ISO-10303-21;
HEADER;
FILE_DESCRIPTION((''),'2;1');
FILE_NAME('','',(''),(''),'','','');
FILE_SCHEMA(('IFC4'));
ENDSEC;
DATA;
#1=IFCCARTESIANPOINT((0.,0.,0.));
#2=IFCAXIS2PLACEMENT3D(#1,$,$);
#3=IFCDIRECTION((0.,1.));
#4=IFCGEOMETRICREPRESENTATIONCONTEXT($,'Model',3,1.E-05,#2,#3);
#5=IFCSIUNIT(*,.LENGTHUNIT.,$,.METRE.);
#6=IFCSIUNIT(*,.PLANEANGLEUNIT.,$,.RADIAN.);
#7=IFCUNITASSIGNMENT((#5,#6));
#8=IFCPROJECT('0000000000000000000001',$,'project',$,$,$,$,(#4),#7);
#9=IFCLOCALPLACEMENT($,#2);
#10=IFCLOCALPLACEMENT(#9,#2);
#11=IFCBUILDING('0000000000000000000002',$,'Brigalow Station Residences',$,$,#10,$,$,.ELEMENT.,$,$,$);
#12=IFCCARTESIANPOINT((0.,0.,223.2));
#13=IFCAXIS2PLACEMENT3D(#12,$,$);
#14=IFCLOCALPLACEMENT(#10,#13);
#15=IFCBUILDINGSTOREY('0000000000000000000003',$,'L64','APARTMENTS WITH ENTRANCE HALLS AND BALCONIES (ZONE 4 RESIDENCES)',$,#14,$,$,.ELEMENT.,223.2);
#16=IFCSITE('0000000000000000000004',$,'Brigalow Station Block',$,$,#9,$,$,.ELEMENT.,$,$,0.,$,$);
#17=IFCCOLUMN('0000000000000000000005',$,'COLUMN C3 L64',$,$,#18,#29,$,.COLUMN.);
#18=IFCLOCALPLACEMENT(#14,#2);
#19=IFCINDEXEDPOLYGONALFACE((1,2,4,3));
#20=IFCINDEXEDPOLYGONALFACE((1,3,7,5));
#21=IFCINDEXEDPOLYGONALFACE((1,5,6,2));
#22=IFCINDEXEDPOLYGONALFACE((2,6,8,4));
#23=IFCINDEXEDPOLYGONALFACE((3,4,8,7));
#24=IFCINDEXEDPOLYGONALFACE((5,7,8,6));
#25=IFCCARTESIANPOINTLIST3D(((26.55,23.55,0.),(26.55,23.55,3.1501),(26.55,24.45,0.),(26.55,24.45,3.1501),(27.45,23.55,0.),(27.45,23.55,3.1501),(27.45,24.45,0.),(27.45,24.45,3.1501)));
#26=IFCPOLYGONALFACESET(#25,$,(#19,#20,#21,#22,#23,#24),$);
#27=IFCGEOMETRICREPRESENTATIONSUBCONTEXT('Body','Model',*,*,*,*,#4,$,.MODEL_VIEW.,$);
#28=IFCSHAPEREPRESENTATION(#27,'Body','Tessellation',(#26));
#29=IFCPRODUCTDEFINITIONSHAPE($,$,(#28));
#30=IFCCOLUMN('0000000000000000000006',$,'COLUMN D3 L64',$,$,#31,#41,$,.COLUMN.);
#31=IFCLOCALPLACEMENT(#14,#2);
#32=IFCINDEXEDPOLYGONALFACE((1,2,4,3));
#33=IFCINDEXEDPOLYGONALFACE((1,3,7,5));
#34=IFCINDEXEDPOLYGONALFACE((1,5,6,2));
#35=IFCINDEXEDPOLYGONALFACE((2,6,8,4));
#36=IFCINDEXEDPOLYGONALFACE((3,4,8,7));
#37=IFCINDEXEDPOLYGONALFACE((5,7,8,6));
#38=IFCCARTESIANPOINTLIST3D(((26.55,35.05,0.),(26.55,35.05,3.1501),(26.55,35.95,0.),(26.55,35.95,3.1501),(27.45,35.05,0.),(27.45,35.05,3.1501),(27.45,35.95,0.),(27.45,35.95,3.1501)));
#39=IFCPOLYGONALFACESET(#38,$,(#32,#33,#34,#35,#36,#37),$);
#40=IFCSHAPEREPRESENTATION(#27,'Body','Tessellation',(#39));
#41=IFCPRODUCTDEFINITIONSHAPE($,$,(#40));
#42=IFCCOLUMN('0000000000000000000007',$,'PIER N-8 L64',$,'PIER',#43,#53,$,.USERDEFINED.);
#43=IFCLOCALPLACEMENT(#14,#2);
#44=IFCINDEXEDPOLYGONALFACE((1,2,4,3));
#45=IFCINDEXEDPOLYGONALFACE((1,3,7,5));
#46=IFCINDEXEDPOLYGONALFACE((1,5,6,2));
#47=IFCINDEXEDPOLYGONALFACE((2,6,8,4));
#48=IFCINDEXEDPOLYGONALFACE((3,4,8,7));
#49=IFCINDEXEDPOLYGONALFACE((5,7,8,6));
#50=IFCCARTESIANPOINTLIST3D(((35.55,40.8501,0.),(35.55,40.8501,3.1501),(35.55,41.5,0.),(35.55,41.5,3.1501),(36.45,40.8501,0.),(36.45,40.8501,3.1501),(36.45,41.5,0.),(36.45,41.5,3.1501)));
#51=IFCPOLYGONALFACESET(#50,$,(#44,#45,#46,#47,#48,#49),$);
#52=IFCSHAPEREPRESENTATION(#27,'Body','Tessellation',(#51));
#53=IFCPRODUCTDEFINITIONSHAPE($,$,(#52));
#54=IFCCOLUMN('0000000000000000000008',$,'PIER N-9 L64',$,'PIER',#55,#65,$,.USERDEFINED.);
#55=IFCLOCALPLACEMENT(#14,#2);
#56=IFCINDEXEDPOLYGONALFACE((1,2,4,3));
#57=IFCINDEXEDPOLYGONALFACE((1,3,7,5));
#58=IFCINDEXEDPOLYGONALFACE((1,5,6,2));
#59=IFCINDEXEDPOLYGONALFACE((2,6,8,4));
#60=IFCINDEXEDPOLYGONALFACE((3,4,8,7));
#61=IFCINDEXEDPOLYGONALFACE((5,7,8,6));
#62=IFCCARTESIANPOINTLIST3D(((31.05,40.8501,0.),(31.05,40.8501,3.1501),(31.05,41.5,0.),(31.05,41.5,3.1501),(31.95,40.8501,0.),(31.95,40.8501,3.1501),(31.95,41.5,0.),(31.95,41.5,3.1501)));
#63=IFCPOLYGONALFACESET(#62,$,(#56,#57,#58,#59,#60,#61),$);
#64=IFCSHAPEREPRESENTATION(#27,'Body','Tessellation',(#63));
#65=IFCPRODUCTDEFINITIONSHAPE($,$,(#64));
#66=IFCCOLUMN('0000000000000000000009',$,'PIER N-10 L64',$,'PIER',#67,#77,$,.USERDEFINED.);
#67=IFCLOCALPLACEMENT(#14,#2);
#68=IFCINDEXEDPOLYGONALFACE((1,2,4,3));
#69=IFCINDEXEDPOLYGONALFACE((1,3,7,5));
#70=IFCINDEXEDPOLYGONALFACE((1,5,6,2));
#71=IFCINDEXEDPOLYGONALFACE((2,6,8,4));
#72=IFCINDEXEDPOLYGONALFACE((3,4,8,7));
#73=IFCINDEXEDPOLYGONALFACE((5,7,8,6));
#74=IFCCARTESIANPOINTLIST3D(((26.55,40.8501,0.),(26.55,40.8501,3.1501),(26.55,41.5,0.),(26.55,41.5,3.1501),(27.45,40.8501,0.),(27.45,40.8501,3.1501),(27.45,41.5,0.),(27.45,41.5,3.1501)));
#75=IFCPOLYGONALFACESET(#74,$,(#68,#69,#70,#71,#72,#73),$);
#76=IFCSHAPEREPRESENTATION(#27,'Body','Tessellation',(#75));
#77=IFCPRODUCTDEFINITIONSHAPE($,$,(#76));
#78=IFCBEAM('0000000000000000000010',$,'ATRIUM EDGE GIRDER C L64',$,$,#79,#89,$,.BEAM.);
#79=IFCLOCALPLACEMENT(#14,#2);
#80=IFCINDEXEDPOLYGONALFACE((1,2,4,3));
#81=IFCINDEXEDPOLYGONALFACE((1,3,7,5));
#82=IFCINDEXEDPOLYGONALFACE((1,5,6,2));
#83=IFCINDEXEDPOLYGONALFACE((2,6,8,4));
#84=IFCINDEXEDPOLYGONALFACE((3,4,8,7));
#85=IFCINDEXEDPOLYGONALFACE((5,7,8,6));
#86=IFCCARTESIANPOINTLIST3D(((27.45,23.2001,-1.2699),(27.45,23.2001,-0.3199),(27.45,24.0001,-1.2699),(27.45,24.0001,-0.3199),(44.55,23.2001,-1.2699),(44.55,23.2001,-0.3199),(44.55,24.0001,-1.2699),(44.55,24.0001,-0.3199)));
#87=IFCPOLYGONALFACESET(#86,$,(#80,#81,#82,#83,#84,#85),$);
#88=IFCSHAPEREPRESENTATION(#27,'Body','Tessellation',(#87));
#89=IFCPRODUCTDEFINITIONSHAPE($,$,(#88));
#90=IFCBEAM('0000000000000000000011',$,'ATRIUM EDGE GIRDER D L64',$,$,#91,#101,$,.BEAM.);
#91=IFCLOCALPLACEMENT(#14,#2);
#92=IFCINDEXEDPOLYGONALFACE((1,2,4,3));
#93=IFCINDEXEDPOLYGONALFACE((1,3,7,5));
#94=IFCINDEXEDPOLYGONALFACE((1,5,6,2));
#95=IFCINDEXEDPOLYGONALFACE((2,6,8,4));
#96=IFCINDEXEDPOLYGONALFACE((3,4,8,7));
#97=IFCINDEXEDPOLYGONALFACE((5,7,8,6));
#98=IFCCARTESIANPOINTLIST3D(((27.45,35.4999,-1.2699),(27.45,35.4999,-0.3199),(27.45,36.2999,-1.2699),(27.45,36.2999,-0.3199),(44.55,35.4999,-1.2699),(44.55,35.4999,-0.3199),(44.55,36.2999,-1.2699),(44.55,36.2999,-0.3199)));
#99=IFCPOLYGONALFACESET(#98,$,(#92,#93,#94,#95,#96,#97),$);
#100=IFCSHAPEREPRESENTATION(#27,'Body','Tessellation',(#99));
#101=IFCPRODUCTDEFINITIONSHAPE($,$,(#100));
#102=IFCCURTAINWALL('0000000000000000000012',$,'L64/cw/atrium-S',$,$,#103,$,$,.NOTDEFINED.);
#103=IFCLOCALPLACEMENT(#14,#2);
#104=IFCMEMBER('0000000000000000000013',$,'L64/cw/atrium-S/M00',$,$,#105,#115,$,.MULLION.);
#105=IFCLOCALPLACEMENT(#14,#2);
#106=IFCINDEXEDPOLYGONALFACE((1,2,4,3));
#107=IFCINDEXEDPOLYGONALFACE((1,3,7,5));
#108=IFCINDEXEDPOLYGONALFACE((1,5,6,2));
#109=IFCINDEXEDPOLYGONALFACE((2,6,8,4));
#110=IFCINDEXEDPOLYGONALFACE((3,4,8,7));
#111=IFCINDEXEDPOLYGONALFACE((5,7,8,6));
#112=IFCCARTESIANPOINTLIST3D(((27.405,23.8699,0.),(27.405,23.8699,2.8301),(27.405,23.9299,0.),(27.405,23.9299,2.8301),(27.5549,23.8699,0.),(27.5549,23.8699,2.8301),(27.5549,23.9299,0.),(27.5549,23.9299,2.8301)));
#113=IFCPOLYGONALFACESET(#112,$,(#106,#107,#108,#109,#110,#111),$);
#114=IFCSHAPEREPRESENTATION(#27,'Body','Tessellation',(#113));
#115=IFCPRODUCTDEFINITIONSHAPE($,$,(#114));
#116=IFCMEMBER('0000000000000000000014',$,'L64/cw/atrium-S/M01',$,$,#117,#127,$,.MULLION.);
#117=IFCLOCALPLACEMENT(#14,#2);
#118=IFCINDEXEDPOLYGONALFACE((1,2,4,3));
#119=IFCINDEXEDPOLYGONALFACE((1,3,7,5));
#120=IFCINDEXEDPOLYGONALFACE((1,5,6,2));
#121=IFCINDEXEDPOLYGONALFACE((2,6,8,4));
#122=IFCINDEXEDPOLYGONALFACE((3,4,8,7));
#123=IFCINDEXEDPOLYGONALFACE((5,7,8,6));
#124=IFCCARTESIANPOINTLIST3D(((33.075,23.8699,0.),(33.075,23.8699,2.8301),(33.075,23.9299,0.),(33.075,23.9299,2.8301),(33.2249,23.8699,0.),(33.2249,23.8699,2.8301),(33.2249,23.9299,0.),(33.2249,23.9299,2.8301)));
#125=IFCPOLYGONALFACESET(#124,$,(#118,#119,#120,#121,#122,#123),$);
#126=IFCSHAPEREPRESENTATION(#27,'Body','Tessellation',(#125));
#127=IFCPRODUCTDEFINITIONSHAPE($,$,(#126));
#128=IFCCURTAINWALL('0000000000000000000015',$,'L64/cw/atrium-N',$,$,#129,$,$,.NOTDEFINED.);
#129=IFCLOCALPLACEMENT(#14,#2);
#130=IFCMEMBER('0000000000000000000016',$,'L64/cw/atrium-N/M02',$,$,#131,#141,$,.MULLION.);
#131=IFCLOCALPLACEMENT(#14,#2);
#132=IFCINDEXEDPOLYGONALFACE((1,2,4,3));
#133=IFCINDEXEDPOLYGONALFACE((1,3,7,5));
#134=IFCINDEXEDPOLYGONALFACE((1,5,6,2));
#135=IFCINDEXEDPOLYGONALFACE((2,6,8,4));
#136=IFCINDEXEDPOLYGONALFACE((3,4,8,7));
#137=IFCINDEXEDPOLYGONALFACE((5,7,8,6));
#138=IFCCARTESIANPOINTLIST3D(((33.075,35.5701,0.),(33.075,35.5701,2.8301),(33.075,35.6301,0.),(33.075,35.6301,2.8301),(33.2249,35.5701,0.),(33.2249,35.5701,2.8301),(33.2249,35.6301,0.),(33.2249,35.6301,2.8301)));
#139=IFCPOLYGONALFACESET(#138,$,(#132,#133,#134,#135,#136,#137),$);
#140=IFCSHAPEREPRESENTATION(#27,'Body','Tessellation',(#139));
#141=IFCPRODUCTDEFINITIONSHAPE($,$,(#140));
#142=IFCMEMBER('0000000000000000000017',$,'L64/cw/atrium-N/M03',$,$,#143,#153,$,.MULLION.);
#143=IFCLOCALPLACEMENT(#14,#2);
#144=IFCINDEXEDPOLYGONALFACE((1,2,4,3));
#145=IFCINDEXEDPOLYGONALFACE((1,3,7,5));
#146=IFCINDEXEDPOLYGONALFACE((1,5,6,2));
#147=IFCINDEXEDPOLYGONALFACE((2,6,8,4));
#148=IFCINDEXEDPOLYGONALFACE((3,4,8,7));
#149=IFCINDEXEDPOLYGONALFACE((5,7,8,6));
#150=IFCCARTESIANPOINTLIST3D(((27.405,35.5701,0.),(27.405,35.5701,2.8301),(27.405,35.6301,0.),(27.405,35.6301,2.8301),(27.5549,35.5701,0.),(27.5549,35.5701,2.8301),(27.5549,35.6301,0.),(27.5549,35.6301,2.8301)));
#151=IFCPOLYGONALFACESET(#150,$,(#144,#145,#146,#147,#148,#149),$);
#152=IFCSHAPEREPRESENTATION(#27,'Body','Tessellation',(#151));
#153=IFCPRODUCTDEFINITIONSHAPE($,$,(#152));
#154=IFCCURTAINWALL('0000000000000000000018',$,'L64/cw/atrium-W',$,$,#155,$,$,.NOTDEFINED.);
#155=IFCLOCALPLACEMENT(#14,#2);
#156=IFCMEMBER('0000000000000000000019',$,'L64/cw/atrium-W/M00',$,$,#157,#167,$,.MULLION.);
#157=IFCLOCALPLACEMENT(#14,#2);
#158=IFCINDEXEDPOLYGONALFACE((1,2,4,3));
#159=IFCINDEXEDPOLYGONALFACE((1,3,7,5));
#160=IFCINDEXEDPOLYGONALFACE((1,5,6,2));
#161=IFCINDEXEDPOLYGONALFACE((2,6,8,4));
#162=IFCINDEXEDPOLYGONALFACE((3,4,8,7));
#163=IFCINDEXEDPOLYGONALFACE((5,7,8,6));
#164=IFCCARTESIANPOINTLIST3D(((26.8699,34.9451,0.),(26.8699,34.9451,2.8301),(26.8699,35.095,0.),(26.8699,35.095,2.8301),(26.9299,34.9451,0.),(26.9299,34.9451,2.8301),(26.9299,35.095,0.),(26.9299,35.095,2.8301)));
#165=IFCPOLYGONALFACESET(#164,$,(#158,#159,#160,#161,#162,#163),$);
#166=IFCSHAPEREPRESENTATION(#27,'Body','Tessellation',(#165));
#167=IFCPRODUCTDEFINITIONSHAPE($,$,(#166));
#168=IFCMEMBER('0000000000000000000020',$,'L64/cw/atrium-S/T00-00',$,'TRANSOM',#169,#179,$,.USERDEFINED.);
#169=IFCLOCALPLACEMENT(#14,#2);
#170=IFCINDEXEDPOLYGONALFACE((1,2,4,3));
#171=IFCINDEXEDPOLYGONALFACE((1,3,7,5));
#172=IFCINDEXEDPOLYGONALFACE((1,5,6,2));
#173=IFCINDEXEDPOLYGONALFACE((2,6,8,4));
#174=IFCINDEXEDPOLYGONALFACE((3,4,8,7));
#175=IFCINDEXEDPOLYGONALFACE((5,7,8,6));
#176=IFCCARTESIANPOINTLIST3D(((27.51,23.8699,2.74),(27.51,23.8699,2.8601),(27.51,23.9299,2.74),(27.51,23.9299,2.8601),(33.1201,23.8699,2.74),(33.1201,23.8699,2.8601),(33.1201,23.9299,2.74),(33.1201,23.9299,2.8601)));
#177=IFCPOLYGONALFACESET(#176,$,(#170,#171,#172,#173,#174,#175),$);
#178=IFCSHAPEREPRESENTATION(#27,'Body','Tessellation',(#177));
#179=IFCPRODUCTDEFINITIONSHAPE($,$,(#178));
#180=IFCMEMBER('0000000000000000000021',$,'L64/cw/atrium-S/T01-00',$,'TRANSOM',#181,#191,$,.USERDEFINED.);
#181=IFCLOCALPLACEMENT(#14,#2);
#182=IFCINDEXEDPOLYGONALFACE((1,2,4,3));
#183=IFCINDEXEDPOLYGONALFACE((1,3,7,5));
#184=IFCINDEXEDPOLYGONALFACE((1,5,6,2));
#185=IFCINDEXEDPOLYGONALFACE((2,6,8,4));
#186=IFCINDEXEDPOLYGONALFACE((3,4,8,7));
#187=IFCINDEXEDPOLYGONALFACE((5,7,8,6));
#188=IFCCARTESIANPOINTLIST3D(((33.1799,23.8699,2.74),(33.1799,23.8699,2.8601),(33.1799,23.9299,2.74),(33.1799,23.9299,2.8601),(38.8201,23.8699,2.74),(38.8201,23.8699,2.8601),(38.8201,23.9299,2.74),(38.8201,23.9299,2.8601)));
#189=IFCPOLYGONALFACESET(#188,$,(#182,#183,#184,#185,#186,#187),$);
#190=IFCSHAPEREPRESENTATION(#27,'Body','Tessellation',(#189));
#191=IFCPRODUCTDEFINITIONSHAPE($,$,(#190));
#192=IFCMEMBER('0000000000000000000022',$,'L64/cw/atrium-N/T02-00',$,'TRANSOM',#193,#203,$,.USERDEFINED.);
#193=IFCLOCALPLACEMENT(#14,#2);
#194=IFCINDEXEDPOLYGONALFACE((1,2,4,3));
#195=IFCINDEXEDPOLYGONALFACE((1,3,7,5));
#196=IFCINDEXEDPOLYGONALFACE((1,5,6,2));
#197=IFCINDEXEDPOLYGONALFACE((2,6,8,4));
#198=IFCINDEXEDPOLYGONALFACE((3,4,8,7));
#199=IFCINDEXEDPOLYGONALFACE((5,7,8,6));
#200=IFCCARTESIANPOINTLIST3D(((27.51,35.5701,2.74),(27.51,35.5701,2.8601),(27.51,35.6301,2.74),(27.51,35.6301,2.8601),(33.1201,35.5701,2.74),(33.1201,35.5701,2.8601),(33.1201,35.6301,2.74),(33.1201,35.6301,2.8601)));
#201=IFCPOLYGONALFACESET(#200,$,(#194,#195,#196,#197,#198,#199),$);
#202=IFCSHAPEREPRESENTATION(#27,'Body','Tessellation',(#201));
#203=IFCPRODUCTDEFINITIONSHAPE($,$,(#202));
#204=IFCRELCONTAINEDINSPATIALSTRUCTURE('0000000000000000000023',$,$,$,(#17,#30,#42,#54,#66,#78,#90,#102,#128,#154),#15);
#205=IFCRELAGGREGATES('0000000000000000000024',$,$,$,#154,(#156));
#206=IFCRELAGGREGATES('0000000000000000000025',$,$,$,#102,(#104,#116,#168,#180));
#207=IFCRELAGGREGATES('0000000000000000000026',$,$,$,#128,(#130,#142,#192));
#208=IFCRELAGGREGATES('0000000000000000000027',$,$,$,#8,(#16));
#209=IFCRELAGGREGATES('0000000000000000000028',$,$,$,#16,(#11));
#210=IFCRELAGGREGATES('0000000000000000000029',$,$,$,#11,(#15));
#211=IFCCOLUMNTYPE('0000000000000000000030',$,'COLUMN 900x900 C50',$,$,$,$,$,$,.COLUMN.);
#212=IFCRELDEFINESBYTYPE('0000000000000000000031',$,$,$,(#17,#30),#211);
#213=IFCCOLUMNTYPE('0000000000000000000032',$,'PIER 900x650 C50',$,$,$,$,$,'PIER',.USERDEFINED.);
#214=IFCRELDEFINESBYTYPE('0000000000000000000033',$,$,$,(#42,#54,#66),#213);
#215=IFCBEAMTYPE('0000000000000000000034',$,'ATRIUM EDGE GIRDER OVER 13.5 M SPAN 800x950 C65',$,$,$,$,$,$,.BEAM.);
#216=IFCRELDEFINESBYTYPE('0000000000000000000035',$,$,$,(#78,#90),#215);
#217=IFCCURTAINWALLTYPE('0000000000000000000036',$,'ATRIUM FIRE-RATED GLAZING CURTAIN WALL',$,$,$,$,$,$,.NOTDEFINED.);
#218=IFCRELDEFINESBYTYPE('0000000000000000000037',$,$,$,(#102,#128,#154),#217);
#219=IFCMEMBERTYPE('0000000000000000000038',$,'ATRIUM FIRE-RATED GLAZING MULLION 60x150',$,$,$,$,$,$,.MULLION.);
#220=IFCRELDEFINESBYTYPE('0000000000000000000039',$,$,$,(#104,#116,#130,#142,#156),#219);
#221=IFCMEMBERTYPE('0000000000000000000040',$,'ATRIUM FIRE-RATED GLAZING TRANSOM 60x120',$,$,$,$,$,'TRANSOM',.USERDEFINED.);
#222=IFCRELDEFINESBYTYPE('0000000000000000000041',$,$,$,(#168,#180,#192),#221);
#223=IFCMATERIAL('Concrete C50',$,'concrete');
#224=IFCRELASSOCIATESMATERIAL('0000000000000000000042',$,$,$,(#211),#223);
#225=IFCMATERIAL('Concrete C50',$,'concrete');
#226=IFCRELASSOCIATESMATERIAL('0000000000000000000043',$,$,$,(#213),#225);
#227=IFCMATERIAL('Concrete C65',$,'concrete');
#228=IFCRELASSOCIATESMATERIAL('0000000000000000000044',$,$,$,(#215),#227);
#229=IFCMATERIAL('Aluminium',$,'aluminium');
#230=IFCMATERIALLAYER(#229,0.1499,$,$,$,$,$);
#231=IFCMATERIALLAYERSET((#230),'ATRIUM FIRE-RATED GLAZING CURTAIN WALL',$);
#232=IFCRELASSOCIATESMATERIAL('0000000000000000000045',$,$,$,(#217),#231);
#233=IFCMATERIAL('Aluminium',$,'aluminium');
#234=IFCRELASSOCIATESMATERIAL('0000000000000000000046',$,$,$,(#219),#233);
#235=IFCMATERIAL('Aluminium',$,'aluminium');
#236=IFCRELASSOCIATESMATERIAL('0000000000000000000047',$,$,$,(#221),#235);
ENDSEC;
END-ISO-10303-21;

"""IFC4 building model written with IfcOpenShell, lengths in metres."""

from ifc_helpers import new_model, si_unit, direction, frame, origin, origin_2d, place, context, subcontext, project, spatial, rectangle, extrude, material, layer, layer_set, material_profile, profile_set, type_object, element, aggregate, save


model = new_model("IFC4")

# Units and contexts
model_context = context("Model", 3, precision=1e-05, world=origin(), true_north=direction((0.0, 1.0)))
body_context = subcontext(model_context, "Body", "Model", "MODEL_VIEW")
ifc_project = project(units=[si_unit("LENGTHUNIT", "METRE"), si_unit("PLANEANGLEUNIT", "RADIAN")], contexts=[model_context])

# Site, building, storey
site_placement = place(None, origin())
site = spatial("IfcSite", under=ifc_project, at=site_placement, Name="Brigalow Station Block", CompositionType="ELEMENT", RefElevation=0.0)
building_placement = place(site_placement, origin())
building = spatial("IfcBuilding", under=site, at=building_placement, Name="Brigalow Station Residences", CompositionType="ELEMENT")
storey_placement = place(building_placement, frame((0.0, 0.0, 223.2)))
storey = spatial("IfcBuildingStorey", under=building, at=storey_placement, Name="L64", Description="APARTMENTS WITH ENTRANCE HALLS AND BALCONIES (ZONE 4 RESIDENCES)", CompositionType="ELEMENT", Elevation=223.2)

# Columns
ifc_material_1 = material(Name="Concrete C50", Category="concrete")
ifc_material_profile_1 = material_profile(ifc_material_1, rectangle(XDim=0.8999, YDim=0.8999, at=origin_2d()), Name="RC900x900")
ifc_profile_set_1 = profile_set([ifc_material_profile_1], Name="Concrete C50")
column_type_1 = type_object("IfcColumnType", Name="COLUMN 900x900 C50", PredefinedType="COLUMN", material=ifc_profile_set_1)
for number, where, z_axis, x_axis, name in (
    (1, (27.0, 24.0, 0.0), (0.0, 0.0, 1.0), (1.0, 0.0, 0.0), "COLUMN C3 L64"),
    (2, (27.0, 35.5, 0.0), (0.0, 0.0, 1.0), (1.0, 0.0, 0.0), "COLUMN D3 L64"),
):
    element("IfcColumn", number, at=place(storey_placement, frame(where, z_axis=z_axis, x_axis=x_axis)), inside=storey, type_object=column_type_1, Name=name, PredefinedType="COLUMN", context=body_context, shape_type="SweptSolid", body=[
        extrude(rectangle(XDim=0.8999, YDim=0.8999, at=origin_2d()), origin(), (0.0, 0.0, 1.0), 3.1501),
    ])
ifc_material_2 = material(Name="Concrete C50", Category="concrete")
ifc_material_profile_2 = material_profile(ifc_material_2, rectangle(XDim=0.8999, YDim=0.6499, at=origin_2d()), Name="RC900x650")
ifc_profile_set_2 = profile_set([ifc_material_profile_2], Name="Concrete C50")
column_type_2 = type_object("IfcColumnType", Name="PIER 900x650 C50", ElementType="PIER", PredefinedType="USERDEFINED", material=ifc_profile_set_2)
for number, where, z_axis, x_axis, name in (
    (3, (36.0, 41.175, 0.0), (0.0, 0.0, 1.0), (-1.0, 0.0, 0.0), "PIER N-8 L64"),
    (4, (31.5, 41.175, 0.0), (0.0, 0.0, 1.0), (-1.0, 0.0, 0.0), "PIER N-9 L64"),
    (5, (27.0, 41.175, 0.0), (0.0, 0.0, 1.0), (-1.0, 0.0, 0.0), "PIER N-10 L64"),
):
    element("IfcColumn", number, at=place(storey_placement, frame(where, z_axis=z_axis, x_axis=x_axis)), inside=storey, type_object=column_type_2, Name=name, ObjectType="PIER", PredefinedType="USERDEFINED", context=body_context, shape_type="SweptSolid", body=[
        extrude(rectangle(XDim=0.8999, YDim=0.6499, at=origin_2d()), origin(), (0.0, 0.0, 1.0), 3.1501),
    ])

# Beams
ifc_material_3 = material(Name="Concrete C65", Category="concrete")
ifc_material_profile_3 = material_profile(ifc_material_3, rectangle(XDim=0.8, YDim=0.95, at=origin_2d()), Name="RC800x950")
ifc_profile_set_3 = profile_set([ifc_material_profile_3], Name="Concrete C65")
beam_type = type_object("IfcBeamType", Name="ATRIUM EDGE GIRDER OVER 13.5 M SPAN 800x950 C65", PredefinedType="BEAM", material=ifc_profile_set_3)
for number, where, z_axis, x_axis, name in (
    (6, (27.45, 23.6001, -0.7949), (1.0, 0.0, 0.0), (0.0, 1.0, 0.0), "ATRIUM EDGE GIRDER C L64"),
    (7, (27.45, 35.8999, -0.7949), (1.0, 0.0, 0.0), (0.0, 1.0, 0.0), "ATRIUM EDGE GIRDER D L64"),
):
    element("IfcBeam", number, at=place(storey_placement, frame(where, z_axis=z_axis, x_axis=x_axis)), inside=storey, type_object=beam_type, Name=name, PredefinedType="BEAM", context=body_context, shape_type="SweptSolid", body=[
        extrude(rectangle(XDim=0.8, YDim=0.95, at=origin_2d()), origin(), (0.0, 0.0, 1.0), 17.1001),
    ])

# Curtain walls, members
ifc_material_4 = material(Name="Aluminium", Category="aluminium")
ifc_layer_1 = layer(ifc_material_4, 0.1499)
ifc_layer_set_1 = layer_set([ifc_layer_1], Name="ATRIUM FIRE-RATED GLAZING CURTAIN WALL")
curtain_wall_type = type_object("IfcCurtainWallType", Name="ATRIUM FIRE-RATED GLAZING CURTAIN WALL", PredefinedType="NOTDEFINED", material=ifc_layer_set_1)
curtain_wall_1_placement = place(storey_placement, origin())
curtain_wall_1 = element("IfcCurtainWall", 8, at=curtain_wall_1_placement, inside=storey, type_object=curtain_wall_type, Name="L64/cw/atrium-S", PredefinedType="NOTDEFINED")
ifc_material_5 = material(Name="Aluminium", Category="aluminium")
ifc_material_profile_4 = material_profile(ifc_material_5, rectangle(XDim=0.0601, YDim=0.1499, at=origin_2d()), Name="ATRIUM FIRE-RATED GLAZING MULLION 60x150")
ifc_profile_set_4 = profile_set([ifc_material_profile_4], Name="Aluminium")
member_type_1 = type_object("IfcMemberType", Name="ATRIUM FIRE-RATED GLAZING MULLION 60x150", PredefinedType="MULLION", material=ifc_profile_set_4)
member_1_placement = place(storey_placement, frame((27.48, 23.8999, 0.0), z_axis=(0.0, 0.0, 1.0), x_axis=(0.0, 1.0, 0.0)))
member_1 = element("IfcMember", 9, at=member_1_placement, type_object=member_type_1, Name="L64/cw/atrium-S/M00", PredefinedType="MULLION", context=body_context, shape_type="SweptSolid", body=[
    extrude(rectangle(XDim=0.0601, YDim=0.1499, at=origin_2d()), origin(), (0.0, 0.0, 1.0), 2.8301),
])
member_2_placement = place(storey_placement, frame((33.1499, 23.8999, 0.0), z_axis=(0.0, 0.0, 1.0), x_axis=(0.0, 1.0, 0.0)))
member_2 = element("IfcMember", 10, at=member_2_placement, type_object=member_type_1, Name="L64/cw/atrium-S/M01", PredefinedType="MULLION", context=body_context, shape_type="SweptSolid", body=[
    extrude(rectangle(XDim=0.0601, YDim=0.1499, at=origin_2d()), origin(), (0.0, 0.0, 1.0), 2.8301),
])
curtain_wall_2_placement = place(storey_placement, origin())
curtain_wall_2 = element("IfcCurtainWall", 11, at=curtain_wall_2_placement, inside=storey, type_object=curtain_wall_type, Name="L64/cw/atrium-N", PredefinedType="NOTDEFINED")
member_3_placement = place(storey_placement, frame((33.1499, 35.6001, 0.0), z_axis=(0.0, 0.0, 1.0), x_axis=(0.0, -1.0, 0.0)))
member_3 = element("IfcMember", 12, at=member_3_placement, type_object=member_type_1, Name="L64/cw/atrium-N/M02", PredefinedType="MULLION", context=body_context, shape_type="SweptSolid", body=[
    extrude(rectangle(XDim=0.0601, YDim=0.1499, at=origin_2d()), origin(), (0.0, 0.0, 1.0), 2.8301),
])
member_4_placement = place(storey_placement, frame((27.48, 35.6001, 0.0), z_axis=(0.0, 0.0, 1.0), x_axis=(0.0, -1.0, 0.0)))
member_4 = element("IfcMember", 13, at=member_4_placement, type_object=member_type_1, Name="L64/cw/atrium-N/M03", PredefinedType="MULLION", context=body_context, shape_type="SweptSolid", body=[
    extrude(rectangle(XDim=0.0601, YDim=0.1499, at=origin_2d()), origin(), (0.0, 0.0, 1.0), 2.8301),
])

# Curtain wall, member
curtain_wall_3_placement = place(storey_placement, origin())
curtain_wall_3 = element("IfcCurtainWall", 14, at=curtain_wall_3_placement, inside=storey, type_object=curtain_wall_type, Name="L64/cw/atrium-W", PredefinedType="NOTDEFINED")
member_5_placement = place(storey_placement, frame((26.8999, 35.02, 0.0), z_axis=(0.0, 0.0, 1.0), x_axis=(1.0, 0.0, 0.0)))
member_5 = element("IfcMember", 15, at=member_5_placement, type_object=member_type_1, Name="L64/cw/atrium-W/M00", PredefinedType="MULLION", context=body_context, shape_type="SweptSolid", body=[
    extrude(rectangle(XDim=0.0601, YDim=0.1499, at=origin_2d()), origin(), (0.0, 0.0, 1.0), 2.8301),
])
aggregate(curtain_wall_3, [member_5])

# Members
ifc_material_6 = material(Name="Aluminium", Category="aluminium")
ifc_material_profile_5 = material_profile(ifc_material_6, rectangle(XDim=0.0601, YDim=0.1201, at=origin_2d()), Name="ATRIUM FIRE-RATED GLAZING TRANSOM 60x120")
ifc_profile_set_5 = profile_set([ifc_material_profile_5], Name="Aluminium")
member_type_2 = type_object("IfcMemberType", Name="ATRIUM FIRE-RATED GLAZING TRANSOM 60x120", ElementType="TRANSOM", PredefinedType="USERDEFINED", material=ifc_profile_set_5)
member_6_placement = place(storey_placement, frame((27.51, 23.8999, 2.8), z_axis=(1.0, 0.0, 0.0), x_axis=(0.0, 1.0, 0.0)))
member_6 = element("IfcMember", 16, at=member_6_placement, type_object=member_type_2, Name="L64/cw/atrium-S/T00-00", ObjectType="TRANSOM", PredefinedType="USERDEFINED", context=body_context, shape_type="SweptSolid", body=[
    extrude(rectangle(XDim=0.0601, YDim=0.1201, at=origin_2d()), origin(), (0.0, 0.0, 1.0), 5.6101),
])
member_7_placement = place(storey_placement, frame((33.1799, 23.8999, 2.8), z_axis=(1.0, 0.0, 0.0), x_axis=(0.0, 1.0, 0.0)))
member_7 = element("IfcMember", 17, at=member_7_placement, type_object=member_type_2, Name="L64/cw/atrium-S/T01-00", ObjectType="TRANSOM", PredefinedType="USERDEFINED", context=body_context, shape_type="SweptSolid", body=[
    extrude(rectangle(XDim=0.0601, YDim=0.1201, at=origin_2d()), origin(), (0.0, 0.0, 1.0), 5.6401),
])
member_8_placement = place(storey_placement, frame((33.1201, 35.6001, 2.8), z_axis=(-1.0, 0.0, 0.0), x_axis=(0.0, -1.0, 0.0)))
member_8 = element("IfcMember", 18, at=member_8_placement, type_object=member_type_2, Name="L64/cw/atrium-N/T02-00", ObjectType="TRANSOM", PredefinedType="USERDEFINED", context=body_context, shape_type="SweptSolid", body=[
    extrude(rectangle(XDim=0.0601, YDim=0.1201, at=origin_2d()), origin(), (0.0, 0.0, 1.0), 5.6101),
])

aggregate(curtain_wall_1, [member_1, member_2, member_6, member_7])
aggregate(curtain_wall_2, [member_3, member_4, member_8])

save(model, "model.ifc")
